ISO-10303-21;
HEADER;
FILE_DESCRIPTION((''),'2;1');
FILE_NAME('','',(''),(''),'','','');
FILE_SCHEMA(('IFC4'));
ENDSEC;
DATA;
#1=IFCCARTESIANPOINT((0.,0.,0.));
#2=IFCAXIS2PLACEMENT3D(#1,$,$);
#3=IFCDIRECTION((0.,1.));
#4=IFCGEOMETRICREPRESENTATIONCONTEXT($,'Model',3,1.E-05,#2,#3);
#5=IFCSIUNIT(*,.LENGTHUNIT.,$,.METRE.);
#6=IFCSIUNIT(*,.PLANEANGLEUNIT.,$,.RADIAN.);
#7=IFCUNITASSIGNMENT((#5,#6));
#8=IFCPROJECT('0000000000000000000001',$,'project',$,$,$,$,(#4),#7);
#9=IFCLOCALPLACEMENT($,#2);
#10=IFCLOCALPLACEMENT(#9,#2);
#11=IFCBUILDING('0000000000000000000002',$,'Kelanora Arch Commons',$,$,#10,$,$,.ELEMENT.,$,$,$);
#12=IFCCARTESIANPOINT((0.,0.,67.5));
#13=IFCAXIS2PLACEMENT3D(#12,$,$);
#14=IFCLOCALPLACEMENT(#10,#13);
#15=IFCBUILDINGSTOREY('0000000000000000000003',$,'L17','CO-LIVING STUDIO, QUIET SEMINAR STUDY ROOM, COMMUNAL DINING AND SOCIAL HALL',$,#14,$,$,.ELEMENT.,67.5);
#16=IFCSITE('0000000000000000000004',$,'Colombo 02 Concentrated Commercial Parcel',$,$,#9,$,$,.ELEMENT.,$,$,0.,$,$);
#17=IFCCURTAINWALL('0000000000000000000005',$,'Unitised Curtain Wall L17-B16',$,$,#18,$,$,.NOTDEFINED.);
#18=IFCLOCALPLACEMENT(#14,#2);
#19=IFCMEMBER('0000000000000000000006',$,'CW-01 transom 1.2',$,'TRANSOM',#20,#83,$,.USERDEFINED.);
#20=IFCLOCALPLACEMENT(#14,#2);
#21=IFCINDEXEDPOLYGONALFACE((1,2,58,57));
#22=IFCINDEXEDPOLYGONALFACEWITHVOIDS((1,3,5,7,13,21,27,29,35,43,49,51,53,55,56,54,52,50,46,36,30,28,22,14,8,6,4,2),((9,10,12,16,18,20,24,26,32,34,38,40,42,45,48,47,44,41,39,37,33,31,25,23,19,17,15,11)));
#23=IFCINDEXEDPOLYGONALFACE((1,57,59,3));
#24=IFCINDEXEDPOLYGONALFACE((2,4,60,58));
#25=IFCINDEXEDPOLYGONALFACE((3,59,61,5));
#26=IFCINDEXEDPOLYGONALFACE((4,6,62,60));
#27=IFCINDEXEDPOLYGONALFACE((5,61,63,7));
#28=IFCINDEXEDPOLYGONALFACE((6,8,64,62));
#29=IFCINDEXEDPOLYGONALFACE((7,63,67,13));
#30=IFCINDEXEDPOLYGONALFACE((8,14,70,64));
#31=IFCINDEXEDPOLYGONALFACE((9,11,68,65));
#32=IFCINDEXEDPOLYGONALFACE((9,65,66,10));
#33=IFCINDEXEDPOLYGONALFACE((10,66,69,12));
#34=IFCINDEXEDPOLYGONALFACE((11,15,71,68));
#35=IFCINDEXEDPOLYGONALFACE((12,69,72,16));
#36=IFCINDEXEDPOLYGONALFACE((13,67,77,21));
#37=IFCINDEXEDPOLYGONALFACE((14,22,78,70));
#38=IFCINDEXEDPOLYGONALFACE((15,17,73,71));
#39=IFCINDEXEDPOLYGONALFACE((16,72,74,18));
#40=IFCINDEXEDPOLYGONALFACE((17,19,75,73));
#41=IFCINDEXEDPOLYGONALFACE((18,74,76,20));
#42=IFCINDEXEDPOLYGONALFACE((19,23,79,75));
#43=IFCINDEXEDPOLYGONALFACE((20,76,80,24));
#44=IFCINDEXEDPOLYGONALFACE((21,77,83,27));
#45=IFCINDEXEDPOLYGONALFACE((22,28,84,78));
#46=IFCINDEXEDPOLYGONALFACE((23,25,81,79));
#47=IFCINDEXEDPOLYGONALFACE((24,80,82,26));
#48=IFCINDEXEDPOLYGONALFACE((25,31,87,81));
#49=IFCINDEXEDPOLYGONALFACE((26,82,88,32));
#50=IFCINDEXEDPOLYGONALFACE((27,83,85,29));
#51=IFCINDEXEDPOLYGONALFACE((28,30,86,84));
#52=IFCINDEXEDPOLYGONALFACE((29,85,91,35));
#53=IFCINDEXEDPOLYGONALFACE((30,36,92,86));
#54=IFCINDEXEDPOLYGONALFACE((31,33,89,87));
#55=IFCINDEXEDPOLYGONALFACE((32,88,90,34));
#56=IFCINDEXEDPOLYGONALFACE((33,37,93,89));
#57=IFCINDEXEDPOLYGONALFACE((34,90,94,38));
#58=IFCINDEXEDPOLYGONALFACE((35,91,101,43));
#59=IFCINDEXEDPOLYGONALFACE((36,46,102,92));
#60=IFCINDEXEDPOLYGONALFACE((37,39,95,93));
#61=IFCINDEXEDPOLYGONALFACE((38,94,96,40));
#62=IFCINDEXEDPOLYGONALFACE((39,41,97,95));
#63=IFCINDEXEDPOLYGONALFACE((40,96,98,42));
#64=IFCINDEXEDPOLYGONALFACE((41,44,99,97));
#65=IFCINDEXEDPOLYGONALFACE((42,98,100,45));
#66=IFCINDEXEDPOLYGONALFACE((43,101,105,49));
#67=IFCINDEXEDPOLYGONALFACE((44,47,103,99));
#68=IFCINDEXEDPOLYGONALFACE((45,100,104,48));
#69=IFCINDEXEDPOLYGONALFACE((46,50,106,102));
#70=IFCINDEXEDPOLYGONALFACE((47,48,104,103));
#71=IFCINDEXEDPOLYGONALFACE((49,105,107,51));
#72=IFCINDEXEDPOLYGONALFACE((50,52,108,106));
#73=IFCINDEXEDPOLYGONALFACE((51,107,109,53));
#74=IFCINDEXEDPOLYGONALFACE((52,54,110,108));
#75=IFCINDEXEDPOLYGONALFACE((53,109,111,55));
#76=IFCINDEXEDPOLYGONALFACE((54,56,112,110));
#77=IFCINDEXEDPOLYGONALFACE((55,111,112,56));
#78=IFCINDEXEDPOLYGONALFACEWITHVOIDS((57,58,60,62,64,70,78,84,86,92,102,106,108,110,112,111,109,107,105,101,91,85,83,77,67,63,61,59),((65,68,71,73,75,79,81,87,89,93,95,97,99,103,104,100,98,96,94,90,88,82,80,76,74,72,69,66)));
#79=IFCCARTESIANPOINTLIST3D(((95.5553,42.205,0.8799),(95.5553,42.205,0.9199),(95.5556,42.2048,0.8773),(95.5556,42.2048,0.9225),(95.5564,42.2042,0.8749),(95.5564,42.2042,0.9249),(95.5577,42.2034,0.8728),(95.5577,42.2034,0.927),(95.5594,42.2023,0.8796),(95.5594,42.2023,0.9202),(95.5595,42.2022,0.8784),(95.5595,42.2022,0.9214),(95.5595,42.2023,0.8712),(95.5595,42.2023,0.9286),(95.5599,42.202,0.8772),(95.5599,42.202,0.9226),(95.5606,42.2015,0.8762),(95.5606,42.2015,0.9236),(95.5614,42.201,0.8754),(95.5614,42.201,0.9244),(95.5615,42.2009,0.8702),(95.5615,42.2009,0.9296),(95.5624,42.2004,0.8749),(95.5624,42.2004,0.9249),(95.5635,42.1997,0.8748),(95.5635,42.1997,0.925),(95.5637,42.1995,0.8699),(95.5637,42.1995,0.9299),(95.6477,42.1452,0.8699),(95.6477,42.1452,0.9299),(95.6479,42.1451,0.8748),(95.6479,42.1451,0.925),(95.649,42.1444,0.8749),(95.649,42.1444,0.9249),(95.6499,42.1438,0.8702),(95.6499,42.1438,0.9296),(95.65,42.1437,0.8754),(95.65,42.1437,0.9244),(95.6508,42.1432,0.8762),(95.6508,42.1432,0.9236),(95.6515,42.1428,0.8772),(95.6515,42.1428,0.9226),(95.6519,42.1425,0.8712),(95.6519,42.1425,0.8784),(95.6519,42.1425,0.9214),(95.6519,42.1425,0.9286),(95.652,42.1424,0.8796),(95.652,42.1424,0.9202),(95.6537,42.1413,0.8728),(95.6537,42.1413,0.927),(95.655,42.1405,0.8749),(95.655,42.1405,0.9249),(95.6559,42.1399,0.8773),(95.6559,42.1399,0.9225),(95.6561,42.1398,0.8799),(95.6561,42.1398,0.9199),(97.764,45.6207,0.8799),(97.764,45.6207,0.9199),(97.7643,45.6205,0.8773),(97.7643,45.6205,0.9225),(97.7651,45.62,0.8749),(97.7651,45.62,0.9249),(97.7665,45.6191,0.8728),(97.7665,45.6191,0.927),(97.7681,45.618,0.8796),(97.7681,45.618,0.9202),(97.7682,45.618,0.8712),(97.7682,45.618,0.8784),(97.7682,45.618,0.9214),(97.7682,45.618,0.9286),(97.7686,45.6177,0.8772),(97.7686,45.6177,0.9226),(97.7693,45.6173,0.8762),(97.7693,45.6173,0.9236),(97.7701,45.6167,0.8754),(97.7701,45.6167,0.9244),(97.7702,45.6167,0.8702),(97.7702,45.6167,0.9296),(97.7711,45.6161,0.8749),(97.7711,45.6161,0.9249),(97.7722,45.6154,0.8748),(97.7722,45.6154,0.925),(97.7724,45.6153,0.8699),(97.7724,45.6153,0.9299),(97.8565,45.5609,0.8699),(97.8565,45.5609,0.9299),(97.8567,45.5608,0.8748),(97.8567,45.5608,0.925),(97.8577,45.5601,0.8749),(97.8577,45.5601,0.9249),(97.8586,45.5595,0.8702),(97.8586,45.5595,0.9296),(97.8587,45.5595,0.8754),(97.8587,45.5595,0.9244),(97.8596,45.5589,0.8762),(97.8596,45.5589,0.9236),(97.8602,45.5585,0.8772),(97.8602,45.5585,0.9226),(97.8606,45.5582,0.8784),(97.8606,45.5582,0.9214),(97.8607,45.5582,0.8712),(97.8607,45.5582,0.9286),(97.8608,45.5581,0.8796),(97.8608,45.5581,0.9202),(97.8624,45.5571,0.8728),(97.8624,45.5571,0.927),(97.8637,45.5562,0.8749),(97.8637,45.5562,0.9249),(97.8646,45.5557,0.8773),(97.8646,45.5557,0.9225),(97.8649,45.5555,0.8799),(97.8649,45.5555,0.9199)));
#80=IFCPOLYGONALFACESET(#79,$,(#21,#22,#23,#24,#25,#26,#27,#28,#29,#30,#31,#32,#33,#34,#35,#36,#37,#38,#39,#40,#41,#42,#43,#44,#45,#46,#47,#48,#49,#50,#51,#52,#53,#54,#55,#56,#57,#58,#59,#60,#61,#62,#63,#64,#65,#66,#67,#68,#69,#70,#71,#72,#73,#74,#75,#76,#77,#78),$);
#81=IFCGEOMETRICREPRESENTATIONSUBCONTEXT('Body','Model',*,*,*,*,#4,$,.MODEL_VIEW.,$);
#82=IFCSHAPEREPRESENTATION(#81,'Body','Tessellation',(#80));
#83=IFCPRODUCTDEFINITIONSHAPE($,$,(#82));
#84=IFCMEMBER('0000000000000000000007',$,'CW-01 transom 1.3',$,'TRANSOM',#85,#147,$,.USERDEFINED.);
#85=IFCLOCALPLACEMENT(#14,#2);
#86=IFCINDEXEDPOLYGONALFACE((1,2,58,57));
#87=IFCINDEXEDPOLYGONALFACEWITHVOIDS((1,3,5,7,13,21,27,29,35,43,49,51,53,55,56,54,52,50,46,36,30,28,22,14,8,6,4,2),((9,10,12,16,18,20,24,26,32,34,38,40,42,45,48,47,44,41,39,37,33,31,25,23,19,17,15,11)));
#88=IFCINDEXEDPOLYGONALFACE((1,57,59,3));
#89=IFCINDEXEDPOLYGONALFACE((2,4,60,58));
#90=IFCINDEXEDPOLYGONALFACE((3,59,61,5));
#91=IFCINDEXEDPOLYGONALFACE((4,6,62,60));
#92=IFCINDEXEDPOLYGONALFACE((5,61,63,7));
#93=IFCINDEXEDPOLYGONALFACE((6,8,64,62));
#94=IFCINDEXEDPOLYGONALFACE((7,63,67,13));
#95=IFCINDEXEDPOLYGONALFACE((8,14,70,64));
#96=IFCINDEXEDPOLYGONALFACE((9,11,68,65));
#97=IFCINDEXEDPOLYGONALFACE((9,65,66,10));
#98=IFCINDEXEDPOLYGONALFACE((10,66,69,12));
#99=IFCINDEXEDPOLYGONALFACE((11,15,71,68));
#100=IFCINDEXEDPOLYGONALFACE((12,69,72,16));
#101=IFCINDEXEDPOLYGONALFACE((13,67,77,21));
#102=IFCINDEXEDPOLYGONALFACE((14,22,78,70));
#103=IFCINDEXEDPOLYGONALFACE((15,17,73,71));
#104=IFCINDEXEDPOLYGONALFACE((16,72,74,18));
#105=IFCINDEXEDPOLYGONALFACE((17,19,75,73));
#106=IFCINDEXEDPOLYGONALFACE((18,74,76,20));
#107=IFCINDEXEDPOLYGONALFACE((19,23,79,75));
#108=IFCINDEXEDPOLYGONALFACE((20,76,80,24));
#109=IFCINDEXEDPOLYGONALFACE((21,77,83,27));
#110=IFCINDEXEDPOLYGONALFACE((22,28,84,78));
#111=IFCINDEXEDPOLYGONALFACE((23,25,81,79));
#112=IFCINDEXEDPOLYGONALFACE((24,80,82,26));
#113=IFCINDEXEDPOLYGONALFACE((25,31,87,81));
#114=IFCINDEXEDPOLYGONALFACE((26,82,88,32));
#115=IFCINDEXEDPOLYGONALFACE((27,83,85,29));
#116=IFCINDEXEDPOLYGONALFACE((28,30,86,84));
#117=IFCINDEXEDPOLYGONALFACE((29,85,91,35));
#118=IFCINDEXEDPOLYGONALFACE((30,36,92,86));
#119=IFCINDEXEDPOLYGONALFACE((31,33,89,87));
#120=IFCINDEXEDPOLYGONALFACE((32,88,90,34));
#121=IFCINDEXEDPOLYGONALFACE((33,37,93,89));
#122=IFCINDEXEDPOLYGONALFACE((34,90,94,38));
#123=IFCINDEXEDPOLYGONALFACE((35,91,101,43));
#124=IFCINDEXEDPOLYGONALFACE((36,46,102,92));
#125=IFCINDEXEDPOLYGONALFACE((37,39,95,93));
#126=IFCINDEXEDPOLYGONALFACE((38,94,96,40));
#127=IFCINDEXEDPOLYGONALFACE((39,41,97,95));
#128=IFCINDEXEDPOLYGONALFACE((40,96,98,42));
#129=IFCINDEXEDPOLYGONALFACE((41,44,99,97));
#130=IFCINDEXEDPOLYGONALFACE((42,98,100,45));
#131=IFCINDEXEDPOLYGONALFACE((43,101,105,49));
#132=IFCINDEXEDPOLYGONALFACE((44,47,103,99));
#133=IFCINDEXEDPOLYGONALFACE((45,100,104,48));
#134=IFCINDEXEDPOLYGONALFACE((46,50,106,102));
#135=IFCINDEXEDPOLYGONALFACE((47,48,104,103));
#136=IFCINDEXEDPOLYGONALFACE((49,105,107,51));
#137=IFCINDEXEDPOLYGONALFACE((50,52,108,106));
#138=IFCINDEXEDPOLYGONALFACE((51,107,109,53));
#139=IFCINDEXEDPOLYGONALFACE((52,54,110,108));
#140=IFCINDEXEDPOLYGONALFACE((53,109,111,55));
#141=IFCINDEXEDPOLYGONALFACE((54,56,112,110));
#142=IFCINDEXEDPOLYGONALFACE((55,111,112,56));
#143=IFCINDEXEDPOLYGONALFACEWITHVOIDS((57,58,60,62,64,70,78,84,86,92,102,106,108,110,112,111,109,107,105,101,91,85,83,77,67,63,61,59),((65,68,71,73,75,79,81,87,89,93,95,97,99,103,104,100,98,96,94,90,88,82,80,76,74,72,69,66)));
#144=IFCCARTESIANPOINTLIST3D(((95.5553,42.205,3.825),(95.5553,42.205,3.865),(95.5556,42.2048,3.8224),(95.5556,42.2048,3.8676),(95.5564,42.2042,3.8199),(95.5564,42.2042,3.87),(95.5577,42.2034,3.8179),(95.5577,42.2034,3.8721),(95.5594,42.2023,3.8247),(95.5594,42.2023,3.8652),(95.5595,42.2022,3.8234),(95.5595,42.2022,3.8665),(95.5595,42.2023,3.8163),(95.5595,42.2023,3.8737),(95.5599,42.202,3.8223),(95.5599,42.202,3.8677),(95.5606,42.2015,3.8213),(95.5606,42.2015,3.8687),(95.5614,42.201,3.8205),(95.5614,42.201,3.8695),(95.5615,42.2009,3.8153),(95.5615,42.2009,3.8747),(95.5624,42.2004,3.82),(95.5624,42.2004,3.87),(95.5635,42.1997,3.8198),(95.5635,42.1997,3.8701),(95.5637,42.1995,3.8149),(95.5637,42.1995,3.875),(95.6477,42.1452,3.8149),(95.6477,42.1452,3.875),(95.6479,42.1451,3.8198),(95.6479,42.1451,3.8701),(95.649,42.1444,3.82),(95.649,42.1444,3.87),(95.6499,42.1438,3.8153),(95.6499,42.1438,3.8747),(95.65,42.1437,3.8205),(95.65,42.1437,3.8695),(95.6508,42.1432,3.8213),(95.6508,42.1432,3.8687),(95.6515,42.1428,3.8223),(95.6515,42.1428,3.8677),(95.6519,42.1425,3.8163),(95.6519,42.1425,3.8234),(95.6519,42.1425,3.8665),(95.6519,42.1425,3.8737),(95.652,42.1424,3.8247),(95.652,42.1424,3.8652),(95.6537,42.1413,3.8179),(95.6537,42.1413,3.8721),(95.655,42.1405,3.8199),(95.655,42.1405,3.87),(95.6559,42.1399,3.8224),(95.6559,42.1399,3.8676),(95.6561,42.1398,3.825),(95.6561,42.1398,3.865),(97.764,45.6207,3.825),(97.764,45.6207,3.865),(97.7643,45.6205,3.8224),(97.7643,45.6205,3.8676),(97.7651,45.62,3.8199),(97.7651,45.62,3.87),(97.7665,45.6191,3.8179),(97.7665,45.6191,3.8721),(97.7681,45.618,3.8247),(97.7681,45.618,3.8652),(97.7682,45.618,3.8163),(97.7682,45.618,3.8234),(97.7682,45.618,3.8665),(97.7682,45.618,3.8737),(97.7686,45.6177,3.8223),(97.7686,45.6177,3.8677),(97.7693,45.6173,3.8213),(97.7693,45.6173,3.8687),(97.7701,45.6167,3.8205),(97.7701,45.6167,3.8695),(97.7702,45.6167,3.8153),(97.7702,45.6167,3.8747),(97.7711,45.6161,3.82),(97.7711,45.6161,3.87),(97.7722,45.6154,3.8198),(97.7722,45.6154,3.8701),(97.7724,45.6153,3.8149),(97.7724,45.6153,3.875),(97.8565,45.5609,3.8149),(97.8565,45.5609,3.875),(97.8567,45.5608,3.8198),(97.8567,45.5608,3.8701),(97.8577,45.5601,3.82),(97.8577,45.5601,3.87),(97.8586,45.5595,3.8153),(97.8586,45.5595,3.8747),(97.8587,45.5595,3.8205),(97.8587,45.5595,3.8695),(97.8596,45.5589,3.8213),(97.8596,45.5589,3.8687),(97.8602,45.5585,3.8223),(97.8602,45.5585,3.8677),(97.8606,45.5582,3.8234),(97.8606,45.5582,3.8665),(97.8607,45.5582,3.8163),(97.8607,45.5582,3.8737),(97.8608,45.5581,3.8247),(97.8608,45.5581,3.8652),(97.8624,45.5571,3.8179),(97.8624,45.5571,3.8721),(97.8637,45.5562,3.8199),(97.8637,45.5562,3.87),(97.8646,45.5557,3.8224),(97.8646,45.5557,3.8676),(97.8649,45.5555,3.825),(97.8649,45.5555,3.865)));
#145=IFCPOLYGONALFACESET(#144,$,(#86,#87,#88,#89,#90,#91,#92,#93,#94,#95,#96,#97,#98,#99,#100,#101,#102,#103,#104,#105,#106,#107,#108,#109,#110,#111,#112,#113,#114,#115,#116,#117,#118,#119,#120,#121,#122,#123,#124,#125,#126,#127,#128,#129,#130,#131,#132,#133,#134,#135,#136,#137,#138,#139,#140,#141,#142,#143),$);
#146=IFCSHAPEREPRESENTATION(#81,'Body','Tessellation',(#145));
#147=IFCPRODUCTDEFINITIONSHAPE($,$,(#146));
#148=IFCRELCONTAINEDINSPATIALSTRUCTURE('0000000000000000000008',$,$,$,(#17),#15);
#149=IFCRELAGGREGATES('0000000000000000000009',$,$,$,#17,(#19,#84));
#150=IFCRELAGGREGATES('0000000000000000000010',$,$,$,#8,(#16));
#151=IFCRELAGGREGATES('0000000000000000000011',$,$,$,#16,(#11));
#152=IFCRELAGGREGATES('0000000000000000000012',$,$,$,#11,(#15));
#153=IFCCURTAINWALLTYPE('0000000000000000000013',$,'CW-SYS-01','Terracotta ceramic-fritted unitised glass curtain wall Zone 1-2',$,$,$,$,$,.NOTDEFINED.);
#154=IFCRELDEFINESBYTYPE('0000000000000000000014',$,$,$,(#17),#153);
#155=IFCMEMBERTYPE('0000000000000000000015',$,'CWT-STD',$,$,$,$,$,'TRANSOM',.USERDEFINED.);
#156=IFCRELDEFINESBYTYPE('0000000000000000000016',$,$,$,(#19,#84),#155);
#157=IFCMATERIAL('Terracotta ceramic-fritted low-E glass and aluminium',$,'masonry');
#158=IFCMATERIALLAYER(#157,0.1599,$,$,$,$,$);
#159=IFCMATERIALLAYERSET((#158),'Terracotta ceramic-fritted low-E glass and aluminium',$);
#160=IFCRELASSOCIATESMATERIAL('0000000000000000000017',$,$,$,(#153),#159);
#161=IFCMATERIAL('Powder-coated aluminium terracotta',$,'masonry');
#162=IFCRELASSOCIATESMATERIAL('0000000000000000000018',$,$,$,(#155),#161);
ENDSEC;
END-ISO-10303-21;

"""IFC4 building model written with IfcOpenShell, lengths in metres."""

from ifc_helpers import new_model, si_unit, direction, frame, origin, origin_2d, place, context, subcontext, project, spatial, hollow_rectangle, extrude, material, layer, layer_set, material_profile, profile_set, type_object, element, aggregate, save


model = new_model("IFC4")

# Units and contexts
model_context = context("Model", 3, precision=1e-05, world=origin(), true_north=direction((0.0, 1.0)))
body_context = subcontext(model_context, "Body", "Model", "MODEL_VIEW")
ifc_project = project(units=[si_unit("LENGTHUNIT", "METRE"), si_unit("PLANEANGLEUNIT", "RADIAN")], contexts=[model_context])

# Site, building, storey
site_placement = place(None, origin())
site = spatial("IfcSite", under=ifc_project, at=site_placement, Name="Colombo 02 Concentrated Commercial Parcel", CompositionType="ELEMENT", RefElevation=0.0)
building_placement = place(site_placement, origin())
building = spatial("IfcBuilding", under=site, at=building_placement, Name="Kelanora Arch Commons", CompositionType="ELEMENT")
storey_placement = place(building_placement, frame((0.0, 0.0, 67.5)))
storey = spatial("IfcBuildingStorey", under=building, at=storey_placement, Name="L17", Description="CO-LIVING STUDIO, QUIET SEMINAR STUDY ROOM, COMMUNAL DINING AND SOCIAL HALL", CompositionType="ELEMENT", Elevation=67.5)

# Shared definitions
ifc_material_1 = material(Name="Terracotta ceramic-fritted low-E glass and aluminium", Category="masonry")
ifc_layer_1 = layer(ifc_material_1, 0.1599)
ifc_layer_set_1 = layer_set([ifc_layer_1], Name="Terracotta ceramic-fritted low-E glass and aluminium")
curtain_wall_type = type_object("IfcCurtainWallType", Name="CW-SYS-01", Description="Terracotta ceramic-fritted unitised glass curtain wall Zone 1-2", PredefinedType="NOTDEFINED", material=ifc_layer_set_1)
ifc_material_2 = material(Name="Powder-coated aluminium terracotta", Category="masonry")

# Curtain wall, members
curtain_wall_1_placement = place(storey_placement, origin())
curtain_wall_1 = element("IfcCurtainWall", 1, at=curtain_wall_1_placement, inside=storey, type_object=curtain_wall_type, Name="Unitised Curtain Wall L17-B16", PredefinedType="NOTDEFINED")
ifc_material_profile_1 = material_profile(ifc_material_2, hollow_rectangle(XDim=0.1201, YDim=0.0601, WallThickness=0.0049, InnerFilletRadius=0.0049, OuterFilletRadius=0.01, at=origin_2d()), Name="CWT120x60")
ifc_profile_set_1 = profile_set([ifc_material_profile_1], Name="Powder-coated aluminium terracotta")
member_type_1 = type_object("IfcMemberType", Name="CWT-STD", ElementType="TRANSOM", PredefinedType="USERDEFINED", material=ifc_profile_set_1)
member_1_placement = place(storey_placement, frame((95.6057, 42.1724, 0.8999), z_axis=(0.542997, 0.839734, 0.0), x_axis=(-0.839734, 0.542997, 0.0)))
member_1 = element("IfcMember", 2, at=member_1_placement, type_object=member_type_1, Name="CW-01 transom 1.2", ObjectType="TRANSOM", PredefinedType="USERDEFINED", context=body_context, shape_type="SweptSolid", body=[
    extrude(hollow_rectangle(XDim=0.1201, YDim=0.0601, WallThickness=0.0049, InnerFilletRadius=0.0049, OuterFilletRadius=0.01, at=origin_2d()), origin(), (0.0, 0.0, 1.0), 4.0676),
])
member_2_placement = place(storey_placement, frame((95.6057, 42.1724, 3.845), z_axis=(0.542997, 0.839734, 0.0), x_axis=(-0.839734, 0.542997, 0.0)))
member_2 = element("IfcMember", 3, at=member_2_placement, type_object=member_type_1, Name="CW-01 transom 1.3", ObjectType="TRANSOM", PredefinedType="USERDEFINED", context=body_context, shape_type="SweptSolid", body=[
    extrude(hollow_rectangle(XDim=0.1201, YDim=0.0601, WallThickness=0.0049, InnerFilletRadius=0.0049, OuterFilletRadius=0.01, at=origin_2d()), origin(), (0.0, 0.0, 1.0), 4.0676),
])

aggregate(curtain_wall_1, [member_1, member_2])

save(model, "model.ifc")
